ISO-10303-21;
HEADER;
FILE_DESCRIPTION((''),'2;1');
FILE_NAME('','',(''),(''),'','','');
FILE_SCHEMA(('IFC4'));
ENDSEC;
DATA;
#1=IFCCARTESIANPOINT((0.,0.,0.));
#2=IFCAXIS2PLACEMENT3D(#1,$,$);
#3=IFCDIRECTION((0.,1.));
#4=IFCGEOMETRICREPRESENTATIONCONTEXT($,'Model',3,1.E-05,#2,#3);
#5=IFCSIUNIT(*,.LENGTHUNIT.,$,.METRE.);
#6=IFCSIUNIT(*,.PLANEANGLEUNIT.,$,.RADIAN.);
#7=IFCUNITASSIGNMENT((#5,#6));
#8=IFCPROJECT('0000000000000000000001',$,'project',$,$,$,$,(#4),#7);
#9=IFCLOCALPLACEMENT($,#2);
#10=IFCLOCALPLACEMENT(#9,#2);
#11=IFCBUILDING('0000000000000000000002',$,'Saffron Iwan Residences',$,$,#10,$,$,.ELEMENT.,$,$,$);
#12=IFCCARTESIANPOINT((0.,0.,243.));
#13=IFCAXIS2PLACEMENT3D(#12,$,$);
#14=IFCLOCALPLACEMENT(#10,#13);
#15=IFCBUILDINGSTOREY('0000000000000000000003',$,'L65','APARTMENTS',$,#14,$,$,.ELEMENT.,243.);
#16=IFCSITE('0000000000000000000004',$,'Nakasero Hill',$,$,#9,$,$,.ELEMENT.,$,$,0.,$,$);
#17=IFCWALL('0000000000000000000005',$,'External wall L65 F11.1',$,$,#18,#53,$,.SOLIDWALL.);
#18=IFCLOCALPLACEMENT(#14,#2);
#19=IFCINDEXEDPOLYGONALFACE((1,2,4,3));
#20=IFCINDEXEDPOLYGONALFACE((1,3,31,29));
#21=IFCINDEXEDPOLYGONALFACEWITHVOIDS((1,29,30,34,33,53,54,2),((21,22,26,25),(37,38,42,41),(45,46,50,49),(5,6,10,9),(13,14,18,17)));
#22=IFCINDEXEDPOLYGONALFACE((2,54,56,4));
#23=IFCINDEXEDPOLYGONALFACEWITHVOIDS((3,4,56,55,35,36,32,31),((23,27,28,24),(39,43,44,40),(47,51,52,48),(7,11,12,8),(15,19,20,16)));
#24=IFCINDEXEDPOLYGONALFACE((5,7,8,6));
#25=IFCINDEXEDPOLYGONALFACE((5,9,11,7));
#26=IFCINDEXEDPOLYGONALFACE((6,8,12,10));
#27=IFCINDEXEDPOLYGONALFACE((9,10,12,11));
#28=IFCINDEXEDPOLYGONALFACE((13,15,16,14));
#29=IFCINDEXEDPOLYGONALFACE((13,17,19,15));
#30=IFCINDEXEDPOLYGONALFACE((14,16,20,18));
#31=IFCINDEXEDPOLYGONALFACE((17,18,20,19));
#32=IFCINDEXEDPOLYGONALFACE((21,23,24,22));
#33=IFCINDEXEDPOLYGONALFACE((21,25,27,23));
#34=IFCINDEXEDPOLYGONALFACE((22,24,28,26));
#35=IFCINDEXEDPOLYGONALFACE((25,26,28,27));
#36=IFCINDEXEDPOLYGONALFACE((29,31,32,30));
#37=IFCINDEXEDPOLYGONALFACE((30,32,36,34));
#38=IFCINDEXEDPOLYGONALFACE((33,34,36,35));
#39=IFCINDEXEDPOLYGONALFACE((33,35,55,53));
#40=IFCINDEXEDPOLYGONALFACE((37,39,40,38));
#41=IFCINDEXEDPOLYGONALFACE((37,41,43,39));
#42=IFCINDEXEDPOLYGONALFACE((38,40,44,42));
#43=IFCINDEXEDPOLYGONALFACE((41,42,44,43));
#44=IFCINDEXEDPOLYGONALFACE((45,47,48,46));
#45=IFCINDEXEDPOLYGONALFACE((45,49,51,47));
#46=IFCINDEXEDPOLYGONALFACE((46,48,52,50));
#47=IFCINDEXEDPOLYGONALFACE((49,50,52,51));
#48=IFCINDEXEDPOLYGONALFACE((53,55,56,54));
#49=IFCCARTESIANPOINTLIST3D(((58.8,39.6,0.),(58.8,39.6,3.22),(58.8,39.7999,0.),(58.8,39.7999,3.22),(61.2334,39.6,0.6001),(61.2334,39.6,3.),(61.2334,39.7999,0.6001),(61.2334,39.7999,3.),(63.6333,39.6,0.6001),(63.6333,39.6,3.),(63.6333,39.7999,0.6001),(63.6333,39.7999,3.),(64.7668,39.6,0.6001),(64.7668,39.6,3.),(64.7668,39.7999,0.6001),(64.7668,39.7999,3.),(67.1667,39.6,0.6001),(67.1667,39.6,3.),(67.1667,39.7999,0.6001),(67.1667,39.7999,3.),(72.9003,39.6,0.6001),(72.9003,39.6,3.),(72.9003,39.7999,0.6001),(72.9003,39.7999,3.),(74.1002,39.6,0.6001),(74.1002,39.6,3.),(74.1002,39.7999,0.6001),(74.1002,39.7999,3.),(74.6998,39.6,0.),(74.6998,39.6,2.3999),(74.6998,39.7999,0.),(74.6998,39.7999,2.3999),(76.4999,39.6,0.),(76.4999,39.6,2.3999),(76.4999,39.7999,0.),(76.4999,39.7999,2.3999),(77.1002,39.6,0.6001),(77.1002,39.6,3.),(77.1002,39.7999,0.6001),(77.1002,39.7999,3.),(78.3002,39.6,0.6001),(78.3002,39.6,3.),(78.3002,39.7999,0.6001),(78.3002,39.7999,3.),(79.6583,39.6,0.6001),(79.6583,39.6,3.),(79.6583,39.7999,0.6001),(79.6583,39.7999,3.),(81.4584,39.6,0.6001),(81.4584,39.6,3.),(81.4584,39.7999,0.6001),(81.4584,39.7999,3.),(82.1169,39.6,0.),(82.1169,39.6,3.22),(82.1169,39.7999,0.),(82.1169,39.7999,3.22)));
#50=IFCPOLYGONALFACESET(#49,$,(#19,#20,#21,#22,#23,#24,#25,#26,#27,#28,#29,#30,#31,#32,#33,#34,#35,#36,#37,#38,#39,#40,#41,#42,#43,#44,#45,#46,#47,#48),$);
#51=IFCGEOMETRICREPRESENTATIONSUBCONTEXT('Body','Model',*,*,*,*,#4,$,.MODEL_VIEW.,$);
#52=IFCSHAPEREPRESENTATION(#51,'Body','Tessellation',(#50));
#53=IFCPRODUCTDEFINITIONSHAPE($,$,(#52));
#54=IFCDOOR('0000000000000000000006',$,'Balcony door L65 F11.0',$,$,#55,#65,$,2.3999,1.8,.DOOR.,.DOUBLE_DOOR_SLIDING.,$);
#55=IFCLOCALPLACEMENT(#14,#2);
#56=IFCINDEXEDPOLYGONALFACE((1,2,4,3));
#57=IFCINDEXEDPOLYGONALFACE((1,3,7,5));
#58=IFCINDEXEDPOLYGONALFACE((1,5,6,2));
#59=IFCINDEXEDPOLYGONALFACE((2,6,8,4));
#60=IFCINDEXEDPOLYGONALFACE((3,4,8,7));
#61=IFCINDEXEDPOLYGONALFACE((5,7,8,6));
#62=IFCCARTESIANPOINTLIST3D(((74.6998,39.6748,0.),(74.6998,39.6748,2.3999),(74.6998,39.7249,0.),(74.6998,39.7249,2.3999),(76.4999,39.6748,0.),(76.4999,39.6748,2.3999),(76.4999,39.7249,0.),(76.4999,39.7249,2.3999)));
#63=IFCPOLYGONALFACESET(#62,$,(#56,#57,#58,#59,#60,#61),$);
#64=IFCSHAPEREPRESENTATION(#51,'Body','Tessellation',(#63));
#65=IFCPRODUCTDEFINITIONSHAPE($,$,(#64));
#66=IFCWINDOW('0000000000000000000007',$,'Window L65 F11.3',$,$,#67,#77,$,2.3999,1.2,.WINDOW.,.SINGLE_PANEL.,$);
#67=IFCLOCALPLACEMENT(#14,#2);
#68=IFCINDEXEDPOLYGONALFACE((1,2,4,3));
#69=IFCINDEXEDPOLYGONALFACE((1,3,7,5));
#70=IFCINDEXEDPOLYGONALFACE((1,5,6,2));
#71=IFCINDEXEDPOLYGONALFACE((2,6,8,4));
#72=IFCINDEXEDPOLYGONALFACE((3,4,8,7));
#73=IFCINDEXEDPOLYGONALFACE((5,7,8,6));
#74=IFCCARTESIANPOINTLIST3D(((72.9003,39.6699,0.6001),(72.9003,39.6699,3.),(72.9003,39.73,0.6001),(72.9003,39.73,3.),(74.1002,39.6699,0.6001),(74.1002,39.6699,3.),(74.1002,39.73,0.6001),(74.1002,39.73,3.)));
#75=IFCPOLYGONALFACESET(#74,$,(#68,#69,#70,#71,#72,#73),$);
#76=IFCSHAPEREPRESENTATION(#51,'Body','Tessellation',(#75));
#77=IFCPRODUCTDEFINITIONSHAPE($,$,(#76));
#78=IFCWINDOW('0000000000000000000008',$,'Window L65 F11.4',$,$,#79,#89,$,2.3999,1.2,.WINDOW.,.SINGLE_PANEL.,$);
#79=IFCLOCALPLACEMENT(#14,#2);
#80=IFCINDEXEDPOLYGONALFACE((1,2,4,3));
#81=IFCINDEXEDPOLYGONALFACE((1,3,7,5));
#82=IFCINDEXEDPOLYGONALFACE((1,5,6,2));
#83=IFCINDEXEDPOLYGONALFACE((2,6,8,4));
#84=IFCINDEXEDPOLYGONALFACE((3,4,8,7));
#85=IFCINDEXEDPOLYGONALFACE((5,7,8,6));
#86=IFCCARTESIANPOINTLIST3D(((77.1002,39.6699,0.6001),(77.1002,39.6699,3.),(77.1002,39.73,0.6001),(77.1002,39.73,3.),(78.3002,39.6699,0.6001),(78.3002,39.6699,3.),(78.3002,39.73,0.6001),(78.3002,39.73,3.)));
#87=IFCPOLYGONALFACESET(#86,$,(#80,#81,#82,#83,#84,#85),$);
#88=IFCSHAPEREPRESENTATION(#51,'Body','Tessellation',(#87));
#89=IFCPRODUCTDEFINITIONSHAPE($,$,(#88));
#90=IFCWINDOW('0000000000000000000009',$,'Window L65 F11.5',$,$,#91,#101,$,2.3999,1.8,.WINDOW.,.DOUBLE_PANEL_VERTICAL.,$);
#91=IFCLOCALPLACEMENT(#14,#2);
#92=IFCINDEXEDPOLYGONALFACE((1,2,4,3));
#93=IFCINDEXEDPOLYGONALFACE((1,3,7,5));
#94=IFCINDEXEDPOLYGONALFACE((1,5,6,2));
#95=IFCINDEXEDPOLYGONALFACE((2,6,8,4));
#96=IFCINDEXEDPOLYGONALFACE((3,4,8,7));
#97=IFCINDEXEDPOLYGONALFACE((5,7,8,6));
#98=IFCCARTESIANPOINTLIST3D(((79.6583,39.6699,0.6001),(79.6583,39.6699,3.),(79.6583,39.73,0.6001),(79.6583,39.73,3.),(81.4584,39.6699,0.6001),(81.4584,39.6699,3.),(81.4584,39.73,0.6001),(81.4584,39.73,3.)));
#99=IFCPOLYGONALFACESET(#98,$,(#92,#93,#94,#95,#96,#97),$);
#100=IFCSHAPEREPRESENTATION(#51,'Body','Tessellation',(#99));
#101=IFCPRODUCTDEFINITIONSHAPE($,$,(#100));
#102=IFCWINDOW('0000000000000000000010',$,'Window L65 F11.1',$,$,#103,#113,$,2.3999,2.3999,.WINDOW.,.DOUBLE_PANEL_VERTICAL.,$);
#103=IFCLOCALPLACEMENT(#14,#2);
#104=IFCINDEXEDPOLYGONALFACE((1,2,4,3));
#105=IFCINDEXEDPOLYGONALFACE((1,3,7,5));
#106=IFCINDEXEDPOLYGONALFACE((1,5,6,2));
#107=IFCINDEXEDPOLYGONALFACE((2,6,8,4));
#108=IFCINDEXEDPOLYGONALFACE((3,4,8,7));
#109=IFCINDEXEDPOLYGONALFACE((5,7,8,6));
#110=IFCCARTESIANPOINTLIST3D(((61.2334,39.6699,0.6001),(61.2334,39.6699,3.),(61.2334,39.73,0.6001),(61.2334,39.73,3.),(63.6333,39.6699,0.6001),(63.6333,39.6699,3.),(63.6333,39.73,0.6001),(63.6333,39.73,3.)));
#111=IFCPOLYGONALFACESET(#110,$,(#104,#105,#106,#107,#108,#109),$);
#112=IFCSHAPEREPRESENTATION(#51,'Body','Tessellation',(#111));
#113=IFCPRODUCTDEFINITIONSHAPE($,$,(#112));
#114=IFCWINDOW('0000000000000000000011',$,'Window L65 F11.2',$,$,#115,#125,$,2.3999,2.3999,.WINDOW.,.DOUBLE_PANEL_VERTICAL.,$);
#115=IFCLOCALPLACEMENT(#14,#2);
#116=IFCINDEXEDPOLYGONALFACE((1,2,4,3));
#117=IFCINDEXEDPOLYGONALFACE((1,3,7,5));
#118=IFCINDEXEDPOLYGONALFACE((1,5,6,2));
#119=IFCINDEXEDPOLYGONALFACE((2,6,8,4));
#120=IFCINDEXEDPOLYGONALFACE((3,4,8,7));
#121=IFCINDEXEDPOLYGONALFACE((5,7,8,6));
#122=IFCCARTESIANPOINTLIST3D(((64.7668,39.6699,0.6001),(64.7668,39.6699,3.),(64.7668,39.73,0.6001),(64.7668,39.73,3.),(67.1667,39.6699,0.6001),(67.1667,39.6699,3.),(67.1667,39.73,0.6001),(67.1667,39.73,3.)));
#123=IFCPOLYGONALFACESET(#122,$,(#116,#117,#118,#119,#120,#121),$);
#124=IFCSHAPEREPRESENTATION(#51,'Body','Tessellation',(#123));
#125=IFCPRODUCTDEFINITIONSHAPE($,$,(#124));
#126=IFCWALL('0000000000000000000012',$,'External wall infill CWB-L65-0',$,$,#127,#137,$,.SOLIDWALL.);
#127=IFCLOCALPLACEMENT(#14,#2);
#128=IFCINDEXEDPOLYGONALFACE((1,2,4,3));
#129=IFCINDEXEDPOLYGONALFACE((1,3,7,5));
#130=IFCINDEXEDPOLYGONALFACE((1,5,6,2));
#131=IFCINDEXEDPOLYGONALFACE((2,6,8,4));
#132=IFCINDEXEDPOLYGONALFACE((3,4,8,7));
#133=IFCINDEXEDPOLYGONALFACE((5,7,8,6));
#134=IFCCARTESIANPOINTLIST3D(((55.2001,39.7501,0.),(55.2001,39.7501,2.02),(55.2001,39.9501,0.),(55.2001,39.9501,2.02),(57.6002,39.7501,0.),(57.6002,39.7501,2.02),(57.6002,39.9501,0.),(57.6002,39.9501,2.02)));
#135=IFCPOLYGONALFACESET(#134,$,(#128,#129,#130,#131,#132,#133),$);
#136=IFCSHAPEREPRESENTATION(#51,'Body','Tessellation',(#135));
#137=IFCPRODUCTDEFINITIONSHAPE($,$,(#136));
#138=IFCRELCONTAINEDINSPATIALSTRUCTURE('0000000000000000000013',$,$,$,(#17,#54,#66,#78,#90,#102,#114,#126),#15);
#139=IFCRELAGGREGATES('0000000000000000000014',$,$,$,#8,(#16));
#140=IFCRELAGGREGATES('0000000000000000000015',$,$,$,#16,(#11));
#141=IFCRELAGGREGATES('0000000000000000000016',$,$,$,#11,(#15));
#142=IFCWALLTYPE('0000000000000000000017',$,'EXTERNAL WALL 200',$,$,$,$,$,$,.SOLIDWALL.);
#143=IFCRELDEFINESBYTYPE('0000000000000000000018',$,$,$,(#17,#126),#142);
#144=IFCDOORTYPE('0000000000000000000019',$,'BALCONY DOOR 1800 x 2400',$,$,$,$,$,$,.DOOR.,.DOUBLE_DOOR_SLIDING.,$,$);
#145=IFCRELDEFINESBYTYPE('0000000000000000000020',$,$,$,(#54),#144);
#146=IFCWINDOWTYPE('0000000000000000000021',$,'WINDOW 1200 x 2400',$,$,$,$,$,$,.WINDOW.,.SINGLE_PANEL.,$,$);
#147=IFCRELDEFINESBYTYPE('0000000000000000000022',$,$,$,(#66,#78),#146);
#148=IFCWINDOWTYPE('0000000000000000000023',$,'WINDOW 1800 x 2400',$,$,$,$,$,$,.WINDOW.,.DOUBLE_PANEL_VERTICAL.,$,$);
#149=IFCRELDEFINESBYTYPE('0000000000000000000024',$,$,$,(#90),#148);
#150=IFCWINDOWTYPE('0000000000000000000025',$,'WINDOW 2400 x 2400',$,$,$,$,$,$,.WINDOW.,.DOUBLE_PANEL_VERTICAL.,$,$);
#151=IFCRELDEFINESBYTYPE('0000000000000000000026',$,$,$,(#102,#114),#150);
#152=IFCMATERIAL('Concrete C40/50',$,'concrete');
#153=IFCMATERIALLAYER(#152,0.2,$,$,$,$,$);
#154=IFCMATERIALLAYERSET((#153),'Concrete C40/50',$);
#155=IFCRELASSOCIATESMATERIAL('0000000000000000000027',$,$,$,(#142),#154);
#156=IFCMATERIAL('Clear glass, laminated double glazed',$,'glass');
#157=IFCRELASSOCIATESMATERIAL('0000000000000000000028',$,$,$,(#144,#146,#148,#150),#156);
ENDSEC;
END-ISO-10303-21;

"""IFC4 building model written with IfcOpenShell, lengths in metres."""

from ifc_helpers import new_model, si_unit, direction, frame, frame_2d, origin, place, context, subcontext, project, spatial, rectangle, extrude, material, layer, layer_set, type_object, element, fill, save


model = new_model("IFC4")

# Units and contexts
model_context = context("Model", 3, precision=1e-05, world=origin(), true_north=direction((0.0, 1.0)))
body_context = subcontext(model_context, "Body", "Model", "MODEL_VIEW")
ifc_project = project(units=[si_unit("LENGTHUNIT", "METRE"), si_unit("PLANEANGLEUNIT", "RADIAN")], contexts=[model_context])

# Site, building, storey
site_placement = place(None, origin())
site = spatial("IfcSite", under=ifc_project, at=site_placement, Name="Nakasero Hill", CompositionType="ELEMENT", RefElevation=0.0)
building_placement = place(site_placement, origin())
building = spatial("IfcBuilding", under=site, at=building_placement, Name="Saffron Iwan Residences", CompositionType="ELEMENT")
storey_placement = place(building_placement, frame((0.0, 0.0, 243.0)))
storey = spatial("IfcBuildingStorey", under=building, at=storey_placement, Name="L65", Description="APARTMENTS", CompositionType="ELEMENT", Elevation=243.0)

# Shared definitions
ifc_material_1 = material(Name="Concrete C40/50", Category="concrete")

# Wall, openings, door, windows
ifc_layer_1 = layer(ifc_material_1, 0.2)
ifc_layer_set_1 = layer_set([ifc_layer_1], Name="Concrete C40/50")
wall_type_1 = type_object("IfcWallType", Name="EXTERNAL WALL 200", PredefinedType="SOLIDWALL", material=ifc_layer_set_1)
wall_1_placement = place(storey_placement, frame((58.8, 39.7, 0.0), z_axis=(0.0, 0.0, 1.0), x_axis=(1.0, 0.0, 0.0)))
wall_1 = element("IfcWall", 1, at=wall_1_placement, inside=storey, type_object=wall_type_1, Name="External wall L65 F11.1", PredefinedType="SOLIDWALL", context=body_context, shape_type="SweptSolid", body=[
    extrude(rectangle(XDim=23.3169, YDim=0.2, at=frame_2d((11.6584, 0.0))), origin(), (0.0, 0.0, 1.0), 3.22),
])
opening_1_placement = place(wall_1_placement, frame((15.8999, 0.0, 0.0)))
opening_1 = element("IfcOpeningElement", 2, at=opening_1_placement, cuts=wall_1, PredefinedType="OPENING", context=body_context, shape_type="SweptSolid", body=[
    extrude(rectangle(XDim=1.8, YDim=2.3999, at=frame_2d((0.8999, 1.2))), frame((0.0, 0.1099, 0.0), z_axis=(0.0, -1.0, 0.0), x_axis=(1.0, 0.0, 0.0)), (0.0, 0.0, 1.0), 0.22),
])
opening_2_placement = place(wall_1_placement, frame((2.4333, 0.0, 0.6001)))
opening_2 = element("IfcOpeningElement", 3, at=opening_2_placement, cuts=wall_1, PredefinedType="OPENING", context=body_context, shape_type="SweptSolid", body=[
    extrude(rectangle(XDim=2.3999, YDim=2.3999, at=frame_2d((1.2, 1.2))), frame((0.0, 0.1099, 0.0), z_axis=(0.0, -1.0, 0.0), x_axis=(1.0, 0.0, 0.0)), (0.0, 0.0, 1.0), 0.22),
])
opening_3_placement = place(wall_1_placement, frame((5.9668, 0.0, 0.6001)))
opening_3 = element("IfcOpeningElement", 4, at=opening_3_placement, cuts=wall_1, PredefinedType="OPENING", context=body_context, shape_type="SweptSolid", body=[
    extrude(rectangle(XDim=2.3999, YDim=2.3999, at=frame_2d((1.2, 1.2))), frame((0.0, 0.1099, 0.0), z_axis=(0.0, -1.0, 0.0), x_axis=(1.0, 0.0, 0.0)), (0.0, 0.0, 1.0), 0.22),
])
opening_4_placement = place(wall_1_placement, frame((14.1001, 0.0, 0.6001)))
opening_4 = element("IfcOpeningElement", 5, at=opening_4_placement, cuts=wall_1, PredefinedType="OPENING", context=body_context, shape_type="SweptSolid", body=[
    extrude(rectangle(XDim=1.2, YDim=2.3999, at=frame_2d((0.6001, 1.2))), frame((0.0, 0.1099, 0.0), z_axis=(0.0, -1.0, 0.0), x_axis=(1.0, 0.0, 0.0)), (0.0, 0.0, 1.0), 0.22),
])
opening_5_placement = place(wall_1_placement, frame((18.3, 0.0, 0.6001)))
opening_5 = element("IfcOpeningElement", 6, at=opening_5_placement, cuts=wall_1, PredefinedType="OPENING", context=body_context, shape_type="SweptSolid", body=[
    extrude(rectangle(XDim=1.2, YDim=2.3999, at=frame_2d((0.6001, 1.2))), frame((0.0, 0.1099, 0.0), z_axis=(0.0, -1.0, 0.0), x_axis=(1.0, 0.0, 0.0)), (0.0, 0.0, 1.0), 0.22),
])
opening_6_placement = place(wall_1_placement, frame((20.8584, 0.0, 0.6001)))
opening_6 = element("IfcOpeningElement", 7, at=opening_6_placement, cuts=wall_1, PredefinedType="OPENING", context=body_context, shape_type="SweptSolid", body=[
    extrude(rectangle(XDim=1.8, YDim=2.3999, at=frame_2d((0.8999, 1.2))), frame((0.0, 0.1099, 0.0), z_axis=(0.0, -1.0, 0.0), x_axis=(1.0, 0.0, 0.0)), (0.0, 0.0, 1.0), 0.22),
])
ifc_material_2 = material(Name="Clear glass, laminated double glazed", Category="glass")
door_type_1 = type_object("IfcDoorType", Name="BALCONY DOOR 1800 x 2400", OperationType="DOUBLE_DOOR_SLIDING", PredefinedType="DOOR", material=ifc_material_2)
door_1_placement = place(opening_1_placement, origin())
door_1 = element("IfcDoor", 8, at=door_1_placement, inside=storey, type_object=door_type_1, Name="Balcony door L65 F11.0", OperationType="DOUBLE_DOOR_SLIDING", OverallHeight=2.3999, OverallWidth=1.8, PredefinedType="DOOR", context=body_context, shape_type="SweptSolid", body=[
    extrude(rectangle(XDim=1.8, YDim=2.3999, at=frame_2d((0.8999, 1.2))), frame((0.0, 0.0249, 0.0), z_axis=(0.0, -1.0, 0.0), x_axis=(1.0, 0.0, 0.0)), (0.0, 0.0, 1.0), 0.05),
])
fill(opening_1, door_1)
window_type_1 = type_object("IfcWindowType", Name="WINDOW 1200 x 2400", PartitioningType="SINGLE_PANEL", PredefinedType="WINDOW", material=ifc_material_2)
window_1_placement = place(opening_4_placement, origin())
window_1 = element("IfcWindow", 9, at=window_1_placement, inside=storey, type_object=window_type_1, Name="Window L65 F11.3", OverallHeight=2.3999, OverallWidth=1.2, PartitioningType="SINGLE_PANEL", PredefinedType="WINDOW", context=body_context, shape_type="SweptSolid", body=[
    extrude(rectangle(XDim=1.2, YDim=2.3999, at=frame_2d((0.6001, 1.2))), frame((0.0, 0.03, 0.0), z_axis=(0.0, -1.0, 0.0), x_axis=(1.0, 0.0, 0.0)), (0.0, 0.0, 1.0), 0.0601),
])
fill(opening_4, window_1)
window_2_placement = place(opening_5_placement, origin())
window_2 = element("IfcWindow", 10, at=window_2_placement, inside=storey, type_object=window_type_1, Name="Window L65 F11.4", OverallHeight=2.3999, OverallWidth=1.2, PartitioningType="SINGLE_PANEL", PredefinedType="WINDOW", context=body_context, shape_type="SweptSolid", body=[
    extrude(rectangle(XDim=1.2, YDim=2.3999, at=frame_2d((0.6001, 1.2))), frame((0.0, 0.03, 0.0), z_axis=(0.0, -1.0, 0.0), x_axis=(1.0, 0.0, 0.0)), (0.0, 0.0, 1.0), 0.0601),
])
fill(opening_5, window_2)
window_type_2 = type_object("IfcWindowType", Name="WINDOW 1800 x 2400", PartitioningType="DOUBLE_PANEL_VERTICAL", PredefinedType="WINDOW", material=ifc_material_2)
window_3_placement = place(opening_6_placement, origin())
window_3 = element("IfcWindow", 11, at=window_3_placement, inside=storey, type_object=window_type_2, Name="Window L65 F11.5", OverallHeight=2.3999, OverallWidth=1.8, PartitioningType="DOUBLE_PANEL_VERTICAL", PredefinedType="WINDOW", context=body_context, shape_type="SweptSolid", body=[
    extrude(rectangle(XDim=1.8, YDim=2.3999, at=frame_2d((0.8999, 1.2))), frame((0.0, 0.03, 0.0), z_axis=(0.0, -1.0, 0.0), x_axis=(1.0, 0.0, 0.0)), (0.0, 0.0, 1.0), 0.0601),
])
fill(opening_6, window_3)
window_type_3 = type_object("IfcWindowType", Name="WINDOW 2400 x 2400", PartitioningType="DOUBLE_PANEL_VERTICAL", PredefinedType="WINDOW", material=ifc_material_2)
window_4_placement = place(opening_2_placement, origin())
window_4 = element("IfcWindow", 12, at=window_4_placement, inside=storey, type_object=window_type_3, Name="Window L65 F11.1", OverallHeight=2.3999, OverallWidth=2.3999, PartitioningType="DOUBLE_PANEL_VERTICAL", PredefinedType="WINDOW", context=body_context, shape_type="SweptSolid", body=[
    extrude(rectangle(XDim=2.3999, YDim=2.3999, at=frame_2d((1.2, 1.2))), frame((0.0, 0.03, 0.0), z_axis=(0.0, -1.0, 0.0), x_axis=(1.0, 0.0, 0.0)), (0.0, 0.0, 1.0), 0.0601),
])
fill(opening_2, window_4)
window_5_placement = place(opening_3_placement, origin())
window_5 = element("IfcWindow", 13, at=window_5_placement, inside=storey, type_object=window_type_3, Name="Window L65 F11.2", OverallHeight=2.3999, OverallWidth=2.3999, PartitioningType="DOUBLE_PANEL_VERTICAL", PredefinedType="WINDOW", context=body_context, shape_type="SweptSolid", body=[
    extrude(rectangle(XDim=2.3999, YDim=2.3999, at=frame_2d((1.2, 1.2))), frame((0.0, 0.03, 0.0), z_axis=(0.0, -1.0, 0.0), x_axis=(1.0, 0.0, 0.0)), (0.0, 0.0, 1.0), 0.0601),
])
fill(opening_3, window_5)

# Wall
wall_2_placement = place(storey_placement, frame((55.2, 39.8501, 0.0), z_axis=(0.0, 0.0, 1.0), x_axis=(1.0, 0.0, 0.0)))
element("IfcWall", 14, at=wall_2_placement, inside=storey, type_object=wall_type_1, Name="External wall infill CWB-L65-0", PredefinedType="SOLIDWALL", context=body_context, shape_type="SweptSolid", body=[
    extrude(rectangle(XDim=2.4001, YDim=0.2, at=frame_2d((1.2002, 0.0))), origin(), (0.0, 0.0, 1.0), 2.02),
])

save(model, "model.ifc")
